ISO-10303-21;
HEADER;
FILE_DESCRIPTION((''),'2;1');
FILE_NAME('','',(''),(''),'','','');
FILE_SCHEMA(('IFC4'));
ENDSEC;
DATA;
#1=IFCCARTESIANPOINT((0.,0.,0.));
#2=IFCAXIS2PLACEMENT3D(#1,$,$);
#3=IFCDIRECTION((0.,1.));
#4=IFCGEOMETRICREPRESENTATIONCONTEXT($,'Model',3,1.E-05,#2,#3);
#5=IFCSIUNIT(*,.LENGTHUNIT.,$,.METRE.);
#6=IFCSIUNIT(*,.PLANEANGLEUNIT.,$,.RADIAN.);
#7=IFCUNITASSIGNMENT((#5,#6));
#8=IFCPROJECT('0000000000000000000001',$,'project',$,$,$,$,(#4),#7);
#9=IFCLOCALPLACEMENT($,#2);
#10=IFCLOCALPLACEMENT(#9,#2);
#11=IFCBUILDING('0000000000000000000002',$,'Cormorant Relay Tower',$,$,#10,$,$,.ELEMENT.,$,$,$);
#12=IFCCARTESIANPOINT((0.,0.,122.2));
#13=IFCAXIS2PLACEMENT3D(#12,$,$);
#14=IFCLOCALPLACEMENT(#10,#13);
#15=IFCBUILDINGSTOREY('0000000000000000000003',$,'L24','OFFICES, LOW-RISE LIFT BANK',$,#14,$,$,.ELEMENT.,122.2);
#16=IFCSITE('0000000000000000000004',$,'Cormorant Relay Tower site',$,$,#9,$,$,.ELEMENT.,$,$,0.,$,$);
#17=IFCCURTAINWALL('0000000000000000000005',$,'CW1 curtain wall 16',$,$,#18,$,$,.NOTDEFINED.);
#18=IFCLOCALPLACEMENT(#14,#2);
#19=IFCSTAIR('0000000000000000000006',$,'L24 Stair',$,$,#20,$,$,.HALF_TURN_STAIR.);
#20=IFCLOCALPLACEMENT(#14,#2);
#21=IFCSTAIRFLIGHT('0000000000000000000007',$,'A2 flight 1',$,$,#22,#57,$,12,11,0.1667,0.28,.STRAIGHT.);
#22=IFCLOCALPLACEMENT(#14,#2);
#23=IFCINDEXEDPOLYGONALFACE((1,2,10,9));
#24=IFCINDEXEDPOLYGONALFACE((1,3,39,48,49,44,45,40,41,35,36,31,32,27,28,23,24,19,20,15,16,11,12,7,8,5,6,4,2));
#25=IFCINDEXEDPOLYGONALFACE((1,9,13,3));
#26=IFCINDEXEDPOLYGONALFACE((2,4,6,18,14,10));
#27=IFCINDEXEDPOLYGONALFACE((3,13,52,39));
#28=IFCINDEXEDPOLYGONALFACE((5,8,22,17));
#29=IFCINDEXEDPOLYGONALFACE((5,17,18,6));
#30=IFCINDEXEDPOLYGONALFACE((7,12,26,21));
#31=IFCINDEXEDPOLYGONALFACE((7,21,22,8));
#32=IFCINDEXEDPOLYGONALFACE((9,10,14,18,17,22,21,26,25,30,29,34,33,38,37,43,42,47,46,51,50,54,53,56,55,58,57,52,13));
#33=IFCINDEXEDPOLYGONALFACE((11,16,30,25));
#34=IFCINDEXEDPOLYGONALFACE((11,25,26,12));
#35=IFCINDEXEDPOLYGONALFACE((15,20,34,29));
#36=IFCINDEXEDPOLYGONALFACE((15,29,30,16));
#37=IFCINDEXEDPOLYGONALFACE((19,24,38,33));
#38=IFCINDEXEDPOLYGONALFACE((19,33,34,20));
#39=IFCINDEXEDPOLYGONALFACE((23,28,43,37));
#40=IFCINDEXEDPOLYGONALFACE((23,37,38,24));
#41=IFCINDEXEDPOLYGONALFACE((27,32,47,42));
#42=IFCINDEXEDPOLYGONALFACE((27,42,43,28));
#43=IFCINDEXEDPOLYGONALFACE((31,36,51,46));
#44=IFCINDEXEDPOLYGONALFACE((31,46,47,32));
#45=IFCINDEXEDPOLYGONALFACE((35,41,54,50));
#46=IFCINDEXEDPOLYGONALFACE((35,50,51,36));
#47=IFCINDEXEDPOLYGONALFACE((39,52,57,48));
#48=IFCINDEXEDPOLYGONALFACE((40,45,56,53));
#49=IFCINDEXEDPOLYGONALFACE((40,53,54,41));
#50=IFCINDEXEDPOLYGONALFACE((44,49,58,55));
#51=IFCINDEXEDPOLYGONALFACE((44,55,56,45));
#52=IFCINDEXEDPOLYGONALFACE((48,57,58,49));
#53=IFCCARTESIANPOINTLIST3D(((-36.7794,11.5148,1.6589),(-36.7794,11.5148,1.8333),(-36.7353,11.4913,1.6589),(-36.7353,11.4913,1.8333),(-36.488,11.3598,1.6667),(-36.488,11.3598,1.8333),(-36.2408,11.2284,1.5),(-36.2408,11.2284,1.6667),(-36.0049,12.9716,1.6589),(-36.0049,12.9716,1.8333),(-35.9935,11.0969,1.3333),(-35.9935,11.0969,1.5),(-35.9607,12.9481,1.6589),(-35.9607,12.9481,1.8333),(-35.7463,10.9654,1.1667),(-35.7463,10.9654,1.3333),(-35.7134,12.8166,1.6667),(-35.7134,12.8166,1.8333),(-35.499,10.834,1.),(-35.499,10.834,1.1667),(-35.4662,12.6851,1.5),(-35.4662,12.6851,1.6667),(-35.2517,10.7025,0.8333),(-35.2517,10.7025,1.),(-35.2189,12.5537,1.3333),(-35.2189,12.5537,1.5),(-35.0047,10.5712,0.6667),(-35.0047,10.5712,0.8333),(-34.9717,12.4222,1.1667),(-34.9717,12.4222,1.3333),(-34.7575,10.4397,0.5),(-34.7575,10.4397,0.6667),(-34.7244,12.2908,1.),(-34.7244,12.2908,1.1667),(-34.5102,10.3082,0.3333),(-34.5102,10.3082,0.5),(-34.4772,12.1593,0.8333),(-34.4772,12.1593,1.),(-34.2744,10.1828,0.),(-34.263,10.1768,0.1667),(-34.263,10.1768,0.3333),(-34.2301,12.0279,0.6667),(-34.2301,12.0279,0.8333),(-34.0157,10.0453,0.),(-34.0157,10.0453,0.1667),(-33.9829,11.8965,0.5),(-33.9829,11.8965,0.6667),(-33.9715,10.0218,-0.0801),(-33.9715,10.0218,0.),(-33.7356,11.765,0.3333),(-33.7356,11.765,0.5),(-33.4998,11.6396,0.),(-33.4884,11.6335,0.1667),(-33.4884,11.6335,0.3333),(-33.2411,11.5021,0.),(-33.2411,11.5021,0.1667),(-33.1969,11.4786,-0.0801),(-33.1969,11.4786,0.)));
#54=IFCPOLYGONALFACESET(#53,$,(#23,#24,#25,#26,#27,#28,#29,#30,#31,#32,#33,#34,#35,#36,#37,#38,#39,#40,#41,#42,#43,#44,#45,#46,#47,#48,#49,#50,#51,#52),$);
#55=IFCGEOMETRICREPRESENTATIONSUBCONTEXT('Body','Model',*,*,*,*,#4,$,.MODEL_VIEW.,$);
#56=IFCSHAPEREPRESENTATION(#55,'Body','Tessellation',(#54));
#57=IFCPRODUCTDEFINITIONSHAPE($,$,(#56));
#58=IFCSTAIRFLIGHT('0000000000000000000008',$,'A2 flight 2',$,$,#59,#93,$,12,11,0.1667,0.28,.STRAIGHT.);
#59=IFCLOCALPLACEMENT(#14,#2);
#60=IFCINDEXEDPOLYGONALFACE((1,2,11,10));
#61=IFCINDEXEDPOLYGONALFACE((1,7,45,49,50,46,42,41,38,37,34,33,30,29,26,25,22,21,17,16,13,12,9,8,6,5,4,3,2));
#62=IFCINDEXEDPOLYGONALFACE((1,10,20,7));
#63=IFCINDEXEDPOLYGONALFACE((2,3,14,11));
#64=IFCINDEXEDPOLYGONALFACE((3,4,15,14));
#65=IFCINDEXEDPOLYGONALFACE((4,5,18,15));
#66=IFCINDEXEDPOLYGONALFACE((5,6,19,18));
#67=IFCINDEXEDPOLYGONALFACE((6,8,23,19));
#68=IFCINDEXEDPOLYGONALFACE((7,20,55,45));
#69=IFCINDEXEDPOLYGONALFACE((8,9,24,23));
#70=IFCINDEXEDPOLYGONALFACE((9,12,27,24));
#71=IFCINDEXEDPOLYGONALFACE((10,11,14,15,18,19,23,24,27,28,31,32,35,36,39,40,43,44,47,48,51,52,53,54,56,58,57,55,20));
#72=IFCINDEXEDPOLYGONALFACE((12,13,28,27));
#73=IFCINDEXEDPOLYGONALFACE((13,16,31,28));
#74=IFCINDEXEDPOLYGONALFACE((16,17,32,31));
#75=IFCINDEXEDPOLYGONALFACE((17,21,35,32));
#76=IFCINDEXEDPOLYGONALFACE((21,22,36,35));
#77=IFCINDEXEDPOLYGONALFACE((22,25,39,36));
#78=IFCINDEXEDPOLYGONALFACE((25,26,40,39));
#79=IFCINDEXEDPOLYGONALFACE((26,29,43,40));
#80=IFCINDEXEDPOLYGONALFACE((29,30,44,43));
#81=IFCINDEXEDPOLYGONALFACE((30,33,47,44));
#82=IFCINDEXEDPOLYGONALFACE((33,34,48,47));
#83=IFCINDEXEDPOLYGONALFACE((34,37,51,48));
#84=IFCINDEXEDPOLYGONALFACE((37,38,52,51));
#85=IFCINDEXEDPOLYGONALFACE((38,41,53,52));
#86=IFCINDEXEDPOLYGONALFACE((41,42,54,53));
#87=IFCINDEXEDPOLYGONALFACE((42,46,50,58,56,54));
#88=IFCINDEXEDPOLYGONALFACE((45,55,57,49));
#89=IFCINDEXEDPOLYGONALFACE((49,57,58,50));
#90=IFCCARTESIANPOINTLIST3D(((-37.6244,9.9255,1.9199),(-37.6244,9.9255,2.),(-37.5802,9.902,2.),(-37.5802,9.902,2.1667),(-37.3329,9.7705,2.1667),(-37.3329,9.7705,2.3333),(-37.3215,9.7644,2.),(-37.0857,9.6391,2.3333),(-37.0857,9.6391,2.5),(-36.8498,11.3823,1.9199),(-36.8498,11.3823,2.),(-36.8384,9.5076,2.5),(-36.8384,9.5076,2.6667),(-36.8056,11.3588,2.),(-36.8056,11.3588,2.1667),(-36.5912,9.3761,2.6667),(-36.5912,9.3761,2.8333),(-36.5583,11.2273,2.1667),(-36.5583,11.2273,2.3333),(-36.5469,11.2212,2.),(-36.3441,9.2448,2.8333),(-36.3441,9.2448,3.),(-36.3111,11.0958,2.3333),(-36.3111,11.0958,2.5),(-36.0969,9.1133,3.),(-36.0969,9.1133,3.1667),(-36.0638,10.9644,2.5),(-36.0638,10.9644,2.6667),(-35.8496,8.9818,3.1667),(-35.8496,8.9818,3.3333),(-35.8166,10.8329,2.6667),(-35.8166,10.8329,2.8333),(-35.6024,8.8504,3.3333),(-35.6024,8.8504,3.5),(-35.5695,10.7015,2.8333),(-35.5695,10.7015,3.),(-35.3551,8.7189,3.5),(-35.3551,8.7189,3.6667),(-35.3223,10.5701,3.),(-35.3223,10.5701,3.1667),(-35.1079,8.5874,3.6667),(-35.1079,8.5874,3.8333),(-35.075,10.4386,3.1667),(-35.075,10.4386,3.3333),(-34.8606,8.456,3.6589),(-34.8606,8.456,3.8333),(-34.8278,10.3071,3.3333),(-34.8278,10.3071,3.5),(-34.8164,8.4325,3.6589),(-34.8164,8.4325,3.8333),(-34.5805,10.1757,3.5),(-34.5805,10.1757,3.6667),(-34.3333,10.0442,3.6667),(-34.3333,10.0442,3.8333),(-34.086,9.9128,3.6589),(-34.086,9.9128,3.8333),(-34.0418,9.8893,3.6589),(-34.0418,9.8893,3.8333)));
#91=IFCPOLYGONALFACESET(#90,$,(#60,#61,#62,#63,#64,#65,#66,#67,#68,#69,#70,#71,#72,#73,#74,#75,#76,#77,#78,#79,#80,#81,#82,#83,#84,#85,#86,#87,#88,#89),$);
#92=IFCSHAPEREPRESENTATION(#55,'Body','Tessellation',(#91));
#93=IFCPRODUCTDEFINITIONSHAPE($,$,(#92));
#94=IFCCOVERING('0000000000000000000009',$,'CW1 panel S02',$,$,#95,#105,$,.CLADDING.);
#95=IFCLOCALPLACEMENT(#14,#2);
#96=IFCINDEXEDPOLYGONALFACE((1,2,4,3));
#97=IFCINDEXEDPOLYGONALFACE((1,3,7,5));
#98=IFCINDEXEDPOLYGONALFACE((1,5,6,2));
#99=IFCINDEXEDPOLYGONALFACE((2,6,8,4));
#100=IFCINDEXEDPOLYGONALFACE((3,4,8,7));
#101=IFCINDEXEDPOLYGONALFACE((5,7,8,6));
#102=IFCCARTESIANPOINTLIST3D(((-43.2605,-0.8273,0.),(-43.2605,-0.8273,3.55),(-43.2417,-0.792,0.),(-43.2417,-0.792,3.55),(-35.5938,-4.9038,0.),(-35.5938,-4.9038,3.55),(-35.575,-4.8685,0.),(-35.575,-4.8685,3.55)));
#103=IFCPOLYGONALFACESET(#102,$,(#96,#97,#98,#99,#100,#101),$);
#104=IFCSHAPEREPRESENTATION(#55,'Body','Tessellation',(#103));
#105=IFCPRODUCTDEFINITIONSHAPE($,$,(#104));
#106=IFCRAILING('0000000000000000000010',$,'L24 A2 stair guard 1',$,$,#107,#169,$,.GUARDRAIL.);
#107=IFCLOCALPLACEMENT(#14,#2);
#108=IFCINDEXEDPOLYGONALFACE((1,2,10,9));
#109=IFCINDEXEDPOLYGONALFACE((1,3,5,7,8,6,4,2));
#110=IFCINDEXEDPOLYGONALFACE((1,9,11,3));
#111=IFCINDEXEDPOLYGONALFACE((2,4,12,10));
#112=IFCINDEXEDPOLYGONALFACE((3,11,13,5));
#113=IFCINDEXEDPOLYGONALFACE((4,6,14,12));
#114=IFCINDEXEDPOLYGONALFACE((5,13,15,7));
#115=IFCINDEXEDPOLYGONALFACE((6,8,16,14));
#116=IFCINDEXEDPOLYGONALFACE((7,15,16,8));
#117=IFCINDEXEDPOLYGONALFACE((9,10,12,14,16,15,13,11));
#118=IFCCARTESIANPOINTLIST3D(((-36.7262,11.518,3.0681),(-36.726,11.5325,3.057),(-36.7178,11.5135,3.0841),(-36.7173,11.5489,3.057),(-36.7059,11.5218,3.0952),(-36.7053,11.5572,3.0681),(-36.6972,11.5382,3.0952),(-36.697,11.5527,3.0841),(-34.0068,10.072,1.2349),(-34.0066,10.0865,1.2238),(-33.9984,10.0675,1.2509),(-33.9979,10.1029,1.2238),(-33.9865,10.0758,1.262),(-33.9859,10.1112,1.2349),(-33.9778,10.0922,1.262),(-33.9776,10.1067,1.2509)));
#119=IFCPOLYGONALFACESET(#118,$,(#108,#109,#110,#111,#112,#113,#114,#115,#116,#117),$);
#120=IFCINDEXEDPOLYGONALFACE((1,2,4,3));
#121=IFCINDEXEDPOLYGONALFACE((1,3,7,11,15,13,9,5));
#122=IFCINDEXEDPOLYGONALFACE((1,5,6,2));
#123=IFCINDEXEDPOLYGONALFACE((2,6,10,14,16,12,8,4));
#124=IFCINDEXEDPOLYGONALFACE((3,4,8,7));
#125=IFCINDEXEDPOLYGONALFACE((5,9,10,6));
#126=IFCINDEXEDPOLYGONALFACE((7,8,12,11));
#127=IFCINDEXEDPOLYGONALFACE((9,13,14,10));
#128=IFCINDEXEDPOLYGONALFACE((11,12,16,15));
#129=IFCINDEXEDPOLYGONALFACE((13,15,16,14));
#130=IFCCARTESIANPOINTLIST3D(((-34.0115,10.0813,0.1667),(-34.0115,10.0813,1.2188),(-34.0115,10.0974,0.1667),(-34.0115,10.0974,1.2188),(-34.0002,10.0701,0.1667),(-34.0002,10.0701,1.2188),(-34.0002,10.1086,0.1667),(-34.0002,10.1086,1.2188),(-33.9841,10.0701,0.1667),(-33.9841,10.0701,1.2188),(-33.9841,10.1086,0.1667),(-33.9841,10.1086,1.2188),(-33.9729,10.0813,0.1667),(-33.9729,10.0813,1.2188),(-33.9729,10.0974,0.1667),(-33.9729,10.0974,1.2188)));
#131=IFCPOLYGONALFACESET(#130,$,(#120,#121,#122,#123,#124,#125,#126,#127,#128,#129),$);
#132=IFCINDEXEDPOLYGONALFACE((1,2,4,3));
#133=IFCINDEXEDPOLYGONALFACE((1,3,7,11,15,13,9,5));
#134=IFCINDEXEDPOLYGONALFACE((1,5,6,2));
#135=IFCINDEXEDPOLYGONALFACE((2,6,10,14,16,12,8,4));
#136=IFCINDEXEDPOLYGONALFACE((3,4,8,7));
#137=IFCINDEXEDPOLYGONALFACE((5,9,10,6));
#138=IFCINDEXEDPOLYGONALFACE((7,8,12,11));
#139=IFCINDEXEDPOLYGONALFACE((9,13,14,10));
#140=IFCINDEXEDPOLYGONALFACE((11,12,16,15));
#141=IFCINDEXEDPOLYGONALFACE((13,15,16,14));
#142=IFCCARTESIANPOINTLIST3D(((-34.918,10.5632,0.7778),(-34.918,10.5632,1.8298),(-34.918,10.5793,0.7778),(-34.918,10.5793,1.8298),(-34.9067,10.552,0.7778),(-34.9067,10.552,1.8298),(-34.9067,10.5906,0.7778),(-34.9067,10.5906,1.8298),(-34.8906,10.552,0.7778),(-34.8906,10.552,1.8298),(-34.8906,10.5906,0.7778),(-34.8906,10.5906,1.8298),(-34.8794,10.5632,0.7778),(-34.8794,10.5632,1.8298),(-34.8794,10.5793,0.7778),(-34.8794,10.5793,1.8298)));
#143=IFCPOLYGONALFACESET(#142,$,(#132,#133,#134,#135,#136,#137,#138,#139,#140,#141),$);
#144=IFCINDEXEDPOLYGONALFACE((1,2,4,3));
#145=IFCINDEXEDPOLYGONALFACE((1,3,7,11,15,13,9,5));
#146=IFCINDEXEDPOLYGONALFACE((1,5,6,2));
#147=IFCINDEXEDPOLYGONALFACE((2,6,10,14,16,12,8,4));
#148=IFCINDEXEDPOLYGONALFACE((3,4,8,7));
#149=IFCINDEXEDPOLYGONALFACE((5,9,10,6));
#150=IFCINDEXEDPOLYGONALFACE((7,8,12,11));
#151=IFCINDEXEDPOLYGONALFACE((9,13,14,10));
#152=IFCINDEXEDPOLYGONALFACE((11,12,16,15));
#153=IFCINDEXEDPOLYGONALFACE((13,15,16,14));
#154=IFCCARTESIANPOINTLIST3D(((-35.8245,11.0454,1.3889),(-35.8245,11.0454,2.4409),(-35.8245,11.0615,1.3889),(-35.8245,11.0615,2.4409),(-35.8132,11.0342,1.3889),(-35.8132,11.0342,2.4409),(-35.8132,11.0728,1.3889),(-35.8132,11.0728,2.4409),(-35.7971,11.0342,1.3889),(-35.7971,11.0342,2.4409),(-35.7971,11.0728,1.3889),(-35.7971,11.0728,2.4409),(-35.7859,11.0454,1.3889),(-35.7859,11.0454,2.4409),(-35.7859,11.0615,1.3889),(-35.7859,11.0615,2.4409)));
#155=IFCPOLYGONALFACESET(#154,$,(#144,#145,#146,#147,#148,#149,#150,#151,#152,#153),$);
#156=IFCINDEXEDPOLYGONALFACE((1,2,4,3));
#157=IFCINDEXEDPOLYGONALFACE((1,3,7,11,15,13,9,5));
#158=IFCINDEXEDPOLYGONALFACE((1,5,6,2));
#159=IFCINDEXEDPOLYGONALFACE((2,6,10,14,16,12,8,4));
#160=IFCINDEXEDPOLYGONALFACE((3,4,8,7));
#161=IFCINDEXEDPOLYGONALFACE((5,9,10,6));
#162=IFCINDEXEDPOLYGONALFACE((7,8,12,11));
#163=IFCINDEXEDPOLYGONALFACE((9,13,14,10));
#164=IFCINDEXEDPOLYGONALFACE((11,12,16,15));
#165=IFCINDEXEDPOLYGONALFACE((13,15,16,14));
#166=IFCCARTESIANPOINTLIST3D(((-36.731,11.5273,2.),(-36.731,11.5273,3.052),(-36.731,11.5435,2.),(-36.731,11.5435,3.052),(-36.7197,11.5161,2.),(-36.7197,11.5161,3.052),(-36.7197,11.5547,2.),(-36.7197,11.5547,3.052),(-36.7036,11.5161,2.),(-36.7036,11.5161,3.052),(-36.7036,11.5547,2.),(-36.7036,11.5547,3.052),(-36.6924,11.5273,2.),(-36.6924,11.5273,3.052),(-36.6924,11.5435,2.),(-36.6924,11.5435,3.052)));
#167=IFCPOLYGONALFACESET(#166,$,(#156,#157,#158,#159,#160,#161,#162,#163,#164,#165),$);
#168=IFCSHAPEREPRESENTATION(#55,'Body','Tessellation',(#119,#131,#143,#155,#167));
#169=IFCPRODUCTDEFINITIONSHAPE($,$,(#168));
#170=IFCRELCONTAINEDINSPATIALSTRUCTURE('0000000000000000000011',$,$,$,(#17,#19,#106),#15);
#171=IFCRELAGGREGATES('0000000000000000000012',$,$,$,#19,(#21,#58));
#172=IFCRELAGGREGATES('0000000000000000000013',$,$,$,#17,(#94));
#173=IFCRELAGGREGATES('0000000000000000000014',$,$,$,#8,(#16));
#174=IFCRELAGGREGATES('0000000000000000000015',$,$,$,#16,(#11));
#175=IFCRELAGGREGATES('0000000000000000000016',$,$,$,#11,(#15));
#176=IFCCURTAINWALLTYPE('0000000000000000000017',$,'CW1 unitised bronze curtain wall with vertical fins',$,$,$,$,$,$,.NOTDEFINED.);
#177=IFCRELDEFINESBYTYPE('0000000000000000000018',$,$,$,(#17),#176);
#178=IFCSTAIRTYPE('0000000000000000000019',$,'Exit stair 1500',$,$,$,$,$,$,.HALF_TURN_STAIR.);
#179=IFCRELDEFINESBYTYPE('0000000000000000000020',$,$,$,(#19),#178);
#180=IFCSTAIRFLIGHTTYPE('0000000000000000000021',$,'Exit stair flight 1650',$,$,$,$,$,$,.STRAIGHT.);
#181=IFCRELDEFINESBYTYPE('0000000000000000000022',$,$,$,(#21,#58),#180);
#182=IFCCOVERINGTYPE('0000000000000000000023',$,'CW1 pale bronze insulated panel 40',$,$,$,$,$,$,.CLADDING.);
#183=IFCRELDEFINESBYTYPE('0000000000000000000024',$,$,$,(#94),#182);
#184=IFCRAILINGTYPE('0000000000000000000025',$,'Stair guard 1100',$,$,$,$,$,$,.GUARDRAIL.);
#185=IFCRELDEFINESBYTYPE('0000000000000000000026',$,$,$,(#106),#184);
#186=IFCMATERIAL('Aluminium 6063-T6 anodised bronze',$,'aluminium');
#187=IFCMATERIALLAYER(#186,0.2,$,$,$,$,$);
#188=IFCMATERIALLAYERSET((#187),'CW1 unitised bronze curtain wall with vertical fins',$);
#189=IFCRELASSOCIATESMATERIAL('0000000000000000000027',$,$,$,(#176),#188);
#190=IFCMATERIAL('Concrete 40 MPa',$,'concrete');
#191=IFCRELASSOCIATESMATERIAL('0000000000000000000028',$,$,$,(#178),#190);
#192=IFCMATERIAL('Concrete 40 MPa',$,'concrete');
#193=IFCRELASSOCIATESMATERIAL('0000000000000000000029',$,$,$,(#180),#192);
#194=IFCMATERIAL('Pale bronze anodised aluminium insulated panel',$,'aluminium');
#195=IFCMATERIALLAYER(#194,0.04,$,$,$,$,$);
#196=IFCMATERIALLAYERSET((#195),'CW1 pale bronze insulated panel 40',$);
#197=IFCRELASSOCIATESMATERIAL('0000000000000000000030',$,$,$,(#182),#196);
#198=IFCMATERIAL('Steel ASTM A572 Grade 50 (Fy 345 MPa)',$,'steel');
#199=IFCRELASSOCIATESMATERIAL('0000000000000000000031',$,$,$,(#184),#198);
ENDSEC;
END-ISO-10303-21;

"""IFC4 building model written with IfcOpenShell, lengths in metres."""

from ifc_helpers import new_model, si_unit, direction, frame, origin, origin_2d, place, context, subcontext, project, spatial, polyline, rectangle, outline, extrude, material, layer, layer_set, type_object, element, aggregate, save


model = new_model("IFC4")

# Units and contexts
model_context = context("Model", 3, precision=1e-05, world=origin(), true_north=direction((0.0, 1.0)))
body_context = subcontext(model_context, "Body", "Model", "MODEL_VIEW")
ifc_project = project(units=[si_unit("LENGTHUNIT", "METRE"), si_unit("PLANEANGLEUNIT", "RADIAN")], contexts=[model_context])

# Site, building, storey
site_placement = place(None, origin())
site = spatial("IfcSite", under=ifc_project, at=site_placement, Name="Cormorant Relay Tower site", CompositionType="ELEMENT", RefElevation=0.0)
building_placement = place(site_placement, origin())
building = spatial("IfcBuilding", under=site, at=building_placement, Name="Cormorant Relay Tower", CompositionType="ELEMENT")
storey_placement = place(building_placement, frame((0.0, 0.0, 122.2)))
storey = spatial("IfcBuildingStorey", under=building, at=storey_placement, Name="L24", Description="OFFICES, LOW-RISE LIFT BANK", CompositionType="ELEMENT", Elevation=122.2)

# Curtain wall
ifc_material_1 = material(Name="Aluminium 6063-T6 anodised bronze", Category="aluminium")
ifc_layer_1 = layer(ifc_material_1, 0.2)
ifc_layer_set_1 = layer_set([ifc_layer_1], Name="CW1 unitised bronze curtain wall with vertical fins")
curtain_wall_type = type_object("IfcCurtainWallType", Name="CW1 unitised bronze curtain wall with vertical fins", PredefinedType="NOTDEFINED", material=ifc_layer_set_1)
curtain_wall_placement = place(storey_placement, origin())
curtain_wall = element("IfcCurtainWall", 1, at=curtain_wall_placement, inside=storey, type_object=curtain_wall_type, Name="CW1 curtain wall 16", PredefinedType="NOTDEFINED")

# Stair, stair flights
ifc_material_2 = material(Name="Concrete 40 MPa", Category="concrete")
stair_type = type_object("IfcStairType", Name="Exit stair 1500", PredefinedType="HALF_TURN_STAIR", material=ifc_material_2)
stair_placement = place(storey_placement, origin())
stair = element("IfcStair", 2, at=stair_placement, inside=storey, type_object=stair_type, Name="L24 Stair", PredefinedType="HALF_TURN_STAIR")
ifc_material_3 = material(Name="Concrete 40 MPa", Category="concrete")
stair_flight_type = type_object("IfcStairFlightType", Name="Exit stair flight 1650", PredefinedType="STRAIGHT", material=ifc_material_3)
stair_flight_1_placement = place(storey_placement, frame((-33.6284, 10.7737, 0.0), z_axis=(0.0, 0.0, 1.0), x_axis=(-0.882948, 0.469472, 0.0)))
stair_flight_1 = element("IfcStairFlight", 3, at=stair_flight_1_placement, type_object=stair_flight_type, Name="A2 flight 1", NumberOfRisers=12, NumberOfTreads=11, PredefinedType="STRAIGHT", RiserHeight=0.1667, TreadLength=0.28, context=body_context, shape_type="SweptSolid", body=[
    extrude(outline(polyline([(-0.05, -0.0801), (-0.05, 0.0), (0.0, 0.0), (0.0, 0.1667), (0.28, 0.1667), (0.28, 0.3333), (0.5601, 0.3333), (0.5601, 0.5), (0.8401, 0.5), (0.8401, 0.6667), (1.1201, 0.6667), (1.1201, 0.8333), (1.3999, 0.8333), (1.3999, 1.0), (1.6799, 1.0), (1.6799, 1.1667), (1.96, 1.1667), (1.96, 1.3333), (2.24, 1.3333), (2.24, 1.5), (2.52, 1.5), (2.52, 1.6667), (2.8, 1.6667), (2.8, 1.8333), (3.0801, 1.8333), (3.1301, 1.8333), (3.1301, 1.6589), (3.0801, 1.6589), (0.293, 0.0), (-0.05, -0.0801)])), frame((0.0, 0.825, 0.0), z_axis=(0.0, -1.0, 0.0), x_axis=(1.0, 0.0, 0.0)), (0.0, 0.0, 1.0), 1.6499),
])
stair_flight_2_placement = place(storey_placement, frame((-37.1929, 10.6304, 2.0), z_axis=(0.0, 0.0, 1.0), x_axis=(0.882948, -0.469472, 0.0)))
stair_flight_2 = element("IfcStairFlight", 4, at=stair_flight_2_placement, type_object=stair_flight_type, Name="A2 flight 2", NumberOfRisers=12, NumberOfTreads=11, PredefinedType="STRAIGHT", RiserHeight=0.1667, TreadLength=0.28, context=body_context, shape_type="SweptSolid", body=[
    extrude(outline(polyline([(-0.05, -0.0801), (-0.05, 0.0), (0.0, 0.0), (0.0, 0.1667), (0.28, 0.1667), (0.28, 0.3333), (0.5601, 0.3333), (0.5601, 0.5), (0.8401, 0.5), (0.8401, 0.6667), (1.1201, 0.6667), (1.1201, 0.8333), (1.3999, 0.8333), (1.3999, 1.0), (1.6799, 1.0), (1.6799, 1.1667), (1.96, 1.1667), (1.96, 1.3333), (2.24, 1.3333), (2.24, 1.5), (2.52, 1.5), (2.52, 1.6667), (2.8, 1.6667), (2.8, 1.8333), (3.0801, 1.8333), (3.1301, 1.8333), (3.1301, 1.6589), (3.0801, 1.6589), (0.293, 0.0), (-0.05, -0.0801)])), frame((0.0, 0.825, 0.0), z_axis=(0.0, -1.0, 0.0), x_axis=(1.0, 0.0, 0.0)), (0.0, 0.0, 1.0), 1.6499),
])
aggregate(stair, [stair_flight_1, stair_flight_2])

# Covering
ifc_material_4 = material(Name="Pale bronze anodised aluminium insulated panel", Category="aluminium")
ifc_layer_2 = layer(ifc_material_4, 0.04)
ifc_layer_set_2 = layer_set([ifc_layer_2], Name="CW1 pale bronze insulated panel 40")
covering_type = type_object("IfcCoveringType", Name="CW1 pale bronze insulated panel 40", PredefinedType="CLADDING", material=ifc_layer_set_2)
covering_placement = place(storey_placement, frame((-39.4177, -2.8479, 0.0), z_axis=(0.0, 0.0, 1.0), x_axis=(0.882948, -0.469472, 0.0)))
covering = element("IfcCovering", 5, at=covering_placement, type_object=covering_type, Name="CW1 panel S02", PredefinedType="CLADDING", context=body_context, shape_type="SweptSolid", body=[
    extrude(rectangle(XDim=8.6831, YDim=0.04, at=origin_2d()), origin(), (0.0, 0.0, 1.0), 3.55),
])
aggregate(curtain_wall, [covering])

# Railing
ifc_material_5 = material(Name="Steel ASTM A572 Grade 50 (Fy 345 MPa)", Category="steel")
railing_type_1 = type_object("IfcRailingType", Name="Stair guard 1100", PredefinedType="GUARDRAIL", material=ifc_material_5)
railing_1_placement = place(storey_placement, frame((-33.9922, 10.0894, 0.1667)))
element("IfcRailing", 6, at=railing_1_placement, inside=storey, type_object=railing_type_1, Name="L24 A2 stair guard 1", PredefinedType="GUARDRAIL", context=body_context, shape_type="SweptSolid", body=[
    extrude(outline(polyline([(0.0222, 0.0093), (0.0093, 0.0222), (-0.0093, 0.0222), (-0.0222, 0.0093), (-0.0222, -0.0093), (-0.0093, -0.0222), (0.0093, -0.0222), (0.0222, -0.0093), (0.0222, 0.0093)])), frame((0.0, 0.0, 1.0762), z_axis=(-0.758714, 0.403435, 0.511463), x_axis=(-0.469489, -0.882938, 0.0)), (0.0, 0.0, 1.0), 3.5842),
    extrude(outline(polyline([(0.0193, 0.0081), (0.0081, 0.0193), (-0.0081, 0.0193), (-0.0193, 0.0081), (-0.0193, -0.0081), (-0.0081, -0.0193), (0.0081, -0.0193), (0.0193, -0.0081), (0.0193, 0.0081)])), origin(), (0.0, 0.0, 1.0), 1.052),
    extrude(outline(polyline([(0.0193, 0.0081), (0.0081, 0.0193), (-0.0081, 0.0193), (-0.0193, 0.0081), (-0.0193, -0.0081), (-0.0081, -0.0193), (0.0081, -0.0193), (0.0193, -0.0081), (0.0193, 0.0081)])), frame((-0.9065, 0.4819, 0.6111)), (0.0, 0.0, 1.0), 1.052),
    extrude(outline(polyline([(0.0193, 0.0081), (0.0081, 0.0193), (-0.0081, 0.0193), (-0.0193, 0.0081), (-0.0193, -0.0081), (-0.0081, -0.0193), (0.0081, -0.0193), (0.0193, -0.0081), (0.0193, 0.0081)])), frame((-1.813, 0.9641, 1.2222)), (0.0, 0.0, 1.0), 1.052),
    extrude(outline(polyline([(0.0193, 0.0081), (0.0081, 0.0193), (-0.0081, 0.0193), (-0.0193, 0.0081), (-0.0193, -0.0081), (-0.0081, -0.0193), (0.0081, -0.0193), (0.0193, -0.0081), (0.0193, 0.0081)])), frame((-2.7195, 1.446, 1.8333)), (0.0, 0.0, 1.0), 1.052),
])

save(model, "model.ifc")
